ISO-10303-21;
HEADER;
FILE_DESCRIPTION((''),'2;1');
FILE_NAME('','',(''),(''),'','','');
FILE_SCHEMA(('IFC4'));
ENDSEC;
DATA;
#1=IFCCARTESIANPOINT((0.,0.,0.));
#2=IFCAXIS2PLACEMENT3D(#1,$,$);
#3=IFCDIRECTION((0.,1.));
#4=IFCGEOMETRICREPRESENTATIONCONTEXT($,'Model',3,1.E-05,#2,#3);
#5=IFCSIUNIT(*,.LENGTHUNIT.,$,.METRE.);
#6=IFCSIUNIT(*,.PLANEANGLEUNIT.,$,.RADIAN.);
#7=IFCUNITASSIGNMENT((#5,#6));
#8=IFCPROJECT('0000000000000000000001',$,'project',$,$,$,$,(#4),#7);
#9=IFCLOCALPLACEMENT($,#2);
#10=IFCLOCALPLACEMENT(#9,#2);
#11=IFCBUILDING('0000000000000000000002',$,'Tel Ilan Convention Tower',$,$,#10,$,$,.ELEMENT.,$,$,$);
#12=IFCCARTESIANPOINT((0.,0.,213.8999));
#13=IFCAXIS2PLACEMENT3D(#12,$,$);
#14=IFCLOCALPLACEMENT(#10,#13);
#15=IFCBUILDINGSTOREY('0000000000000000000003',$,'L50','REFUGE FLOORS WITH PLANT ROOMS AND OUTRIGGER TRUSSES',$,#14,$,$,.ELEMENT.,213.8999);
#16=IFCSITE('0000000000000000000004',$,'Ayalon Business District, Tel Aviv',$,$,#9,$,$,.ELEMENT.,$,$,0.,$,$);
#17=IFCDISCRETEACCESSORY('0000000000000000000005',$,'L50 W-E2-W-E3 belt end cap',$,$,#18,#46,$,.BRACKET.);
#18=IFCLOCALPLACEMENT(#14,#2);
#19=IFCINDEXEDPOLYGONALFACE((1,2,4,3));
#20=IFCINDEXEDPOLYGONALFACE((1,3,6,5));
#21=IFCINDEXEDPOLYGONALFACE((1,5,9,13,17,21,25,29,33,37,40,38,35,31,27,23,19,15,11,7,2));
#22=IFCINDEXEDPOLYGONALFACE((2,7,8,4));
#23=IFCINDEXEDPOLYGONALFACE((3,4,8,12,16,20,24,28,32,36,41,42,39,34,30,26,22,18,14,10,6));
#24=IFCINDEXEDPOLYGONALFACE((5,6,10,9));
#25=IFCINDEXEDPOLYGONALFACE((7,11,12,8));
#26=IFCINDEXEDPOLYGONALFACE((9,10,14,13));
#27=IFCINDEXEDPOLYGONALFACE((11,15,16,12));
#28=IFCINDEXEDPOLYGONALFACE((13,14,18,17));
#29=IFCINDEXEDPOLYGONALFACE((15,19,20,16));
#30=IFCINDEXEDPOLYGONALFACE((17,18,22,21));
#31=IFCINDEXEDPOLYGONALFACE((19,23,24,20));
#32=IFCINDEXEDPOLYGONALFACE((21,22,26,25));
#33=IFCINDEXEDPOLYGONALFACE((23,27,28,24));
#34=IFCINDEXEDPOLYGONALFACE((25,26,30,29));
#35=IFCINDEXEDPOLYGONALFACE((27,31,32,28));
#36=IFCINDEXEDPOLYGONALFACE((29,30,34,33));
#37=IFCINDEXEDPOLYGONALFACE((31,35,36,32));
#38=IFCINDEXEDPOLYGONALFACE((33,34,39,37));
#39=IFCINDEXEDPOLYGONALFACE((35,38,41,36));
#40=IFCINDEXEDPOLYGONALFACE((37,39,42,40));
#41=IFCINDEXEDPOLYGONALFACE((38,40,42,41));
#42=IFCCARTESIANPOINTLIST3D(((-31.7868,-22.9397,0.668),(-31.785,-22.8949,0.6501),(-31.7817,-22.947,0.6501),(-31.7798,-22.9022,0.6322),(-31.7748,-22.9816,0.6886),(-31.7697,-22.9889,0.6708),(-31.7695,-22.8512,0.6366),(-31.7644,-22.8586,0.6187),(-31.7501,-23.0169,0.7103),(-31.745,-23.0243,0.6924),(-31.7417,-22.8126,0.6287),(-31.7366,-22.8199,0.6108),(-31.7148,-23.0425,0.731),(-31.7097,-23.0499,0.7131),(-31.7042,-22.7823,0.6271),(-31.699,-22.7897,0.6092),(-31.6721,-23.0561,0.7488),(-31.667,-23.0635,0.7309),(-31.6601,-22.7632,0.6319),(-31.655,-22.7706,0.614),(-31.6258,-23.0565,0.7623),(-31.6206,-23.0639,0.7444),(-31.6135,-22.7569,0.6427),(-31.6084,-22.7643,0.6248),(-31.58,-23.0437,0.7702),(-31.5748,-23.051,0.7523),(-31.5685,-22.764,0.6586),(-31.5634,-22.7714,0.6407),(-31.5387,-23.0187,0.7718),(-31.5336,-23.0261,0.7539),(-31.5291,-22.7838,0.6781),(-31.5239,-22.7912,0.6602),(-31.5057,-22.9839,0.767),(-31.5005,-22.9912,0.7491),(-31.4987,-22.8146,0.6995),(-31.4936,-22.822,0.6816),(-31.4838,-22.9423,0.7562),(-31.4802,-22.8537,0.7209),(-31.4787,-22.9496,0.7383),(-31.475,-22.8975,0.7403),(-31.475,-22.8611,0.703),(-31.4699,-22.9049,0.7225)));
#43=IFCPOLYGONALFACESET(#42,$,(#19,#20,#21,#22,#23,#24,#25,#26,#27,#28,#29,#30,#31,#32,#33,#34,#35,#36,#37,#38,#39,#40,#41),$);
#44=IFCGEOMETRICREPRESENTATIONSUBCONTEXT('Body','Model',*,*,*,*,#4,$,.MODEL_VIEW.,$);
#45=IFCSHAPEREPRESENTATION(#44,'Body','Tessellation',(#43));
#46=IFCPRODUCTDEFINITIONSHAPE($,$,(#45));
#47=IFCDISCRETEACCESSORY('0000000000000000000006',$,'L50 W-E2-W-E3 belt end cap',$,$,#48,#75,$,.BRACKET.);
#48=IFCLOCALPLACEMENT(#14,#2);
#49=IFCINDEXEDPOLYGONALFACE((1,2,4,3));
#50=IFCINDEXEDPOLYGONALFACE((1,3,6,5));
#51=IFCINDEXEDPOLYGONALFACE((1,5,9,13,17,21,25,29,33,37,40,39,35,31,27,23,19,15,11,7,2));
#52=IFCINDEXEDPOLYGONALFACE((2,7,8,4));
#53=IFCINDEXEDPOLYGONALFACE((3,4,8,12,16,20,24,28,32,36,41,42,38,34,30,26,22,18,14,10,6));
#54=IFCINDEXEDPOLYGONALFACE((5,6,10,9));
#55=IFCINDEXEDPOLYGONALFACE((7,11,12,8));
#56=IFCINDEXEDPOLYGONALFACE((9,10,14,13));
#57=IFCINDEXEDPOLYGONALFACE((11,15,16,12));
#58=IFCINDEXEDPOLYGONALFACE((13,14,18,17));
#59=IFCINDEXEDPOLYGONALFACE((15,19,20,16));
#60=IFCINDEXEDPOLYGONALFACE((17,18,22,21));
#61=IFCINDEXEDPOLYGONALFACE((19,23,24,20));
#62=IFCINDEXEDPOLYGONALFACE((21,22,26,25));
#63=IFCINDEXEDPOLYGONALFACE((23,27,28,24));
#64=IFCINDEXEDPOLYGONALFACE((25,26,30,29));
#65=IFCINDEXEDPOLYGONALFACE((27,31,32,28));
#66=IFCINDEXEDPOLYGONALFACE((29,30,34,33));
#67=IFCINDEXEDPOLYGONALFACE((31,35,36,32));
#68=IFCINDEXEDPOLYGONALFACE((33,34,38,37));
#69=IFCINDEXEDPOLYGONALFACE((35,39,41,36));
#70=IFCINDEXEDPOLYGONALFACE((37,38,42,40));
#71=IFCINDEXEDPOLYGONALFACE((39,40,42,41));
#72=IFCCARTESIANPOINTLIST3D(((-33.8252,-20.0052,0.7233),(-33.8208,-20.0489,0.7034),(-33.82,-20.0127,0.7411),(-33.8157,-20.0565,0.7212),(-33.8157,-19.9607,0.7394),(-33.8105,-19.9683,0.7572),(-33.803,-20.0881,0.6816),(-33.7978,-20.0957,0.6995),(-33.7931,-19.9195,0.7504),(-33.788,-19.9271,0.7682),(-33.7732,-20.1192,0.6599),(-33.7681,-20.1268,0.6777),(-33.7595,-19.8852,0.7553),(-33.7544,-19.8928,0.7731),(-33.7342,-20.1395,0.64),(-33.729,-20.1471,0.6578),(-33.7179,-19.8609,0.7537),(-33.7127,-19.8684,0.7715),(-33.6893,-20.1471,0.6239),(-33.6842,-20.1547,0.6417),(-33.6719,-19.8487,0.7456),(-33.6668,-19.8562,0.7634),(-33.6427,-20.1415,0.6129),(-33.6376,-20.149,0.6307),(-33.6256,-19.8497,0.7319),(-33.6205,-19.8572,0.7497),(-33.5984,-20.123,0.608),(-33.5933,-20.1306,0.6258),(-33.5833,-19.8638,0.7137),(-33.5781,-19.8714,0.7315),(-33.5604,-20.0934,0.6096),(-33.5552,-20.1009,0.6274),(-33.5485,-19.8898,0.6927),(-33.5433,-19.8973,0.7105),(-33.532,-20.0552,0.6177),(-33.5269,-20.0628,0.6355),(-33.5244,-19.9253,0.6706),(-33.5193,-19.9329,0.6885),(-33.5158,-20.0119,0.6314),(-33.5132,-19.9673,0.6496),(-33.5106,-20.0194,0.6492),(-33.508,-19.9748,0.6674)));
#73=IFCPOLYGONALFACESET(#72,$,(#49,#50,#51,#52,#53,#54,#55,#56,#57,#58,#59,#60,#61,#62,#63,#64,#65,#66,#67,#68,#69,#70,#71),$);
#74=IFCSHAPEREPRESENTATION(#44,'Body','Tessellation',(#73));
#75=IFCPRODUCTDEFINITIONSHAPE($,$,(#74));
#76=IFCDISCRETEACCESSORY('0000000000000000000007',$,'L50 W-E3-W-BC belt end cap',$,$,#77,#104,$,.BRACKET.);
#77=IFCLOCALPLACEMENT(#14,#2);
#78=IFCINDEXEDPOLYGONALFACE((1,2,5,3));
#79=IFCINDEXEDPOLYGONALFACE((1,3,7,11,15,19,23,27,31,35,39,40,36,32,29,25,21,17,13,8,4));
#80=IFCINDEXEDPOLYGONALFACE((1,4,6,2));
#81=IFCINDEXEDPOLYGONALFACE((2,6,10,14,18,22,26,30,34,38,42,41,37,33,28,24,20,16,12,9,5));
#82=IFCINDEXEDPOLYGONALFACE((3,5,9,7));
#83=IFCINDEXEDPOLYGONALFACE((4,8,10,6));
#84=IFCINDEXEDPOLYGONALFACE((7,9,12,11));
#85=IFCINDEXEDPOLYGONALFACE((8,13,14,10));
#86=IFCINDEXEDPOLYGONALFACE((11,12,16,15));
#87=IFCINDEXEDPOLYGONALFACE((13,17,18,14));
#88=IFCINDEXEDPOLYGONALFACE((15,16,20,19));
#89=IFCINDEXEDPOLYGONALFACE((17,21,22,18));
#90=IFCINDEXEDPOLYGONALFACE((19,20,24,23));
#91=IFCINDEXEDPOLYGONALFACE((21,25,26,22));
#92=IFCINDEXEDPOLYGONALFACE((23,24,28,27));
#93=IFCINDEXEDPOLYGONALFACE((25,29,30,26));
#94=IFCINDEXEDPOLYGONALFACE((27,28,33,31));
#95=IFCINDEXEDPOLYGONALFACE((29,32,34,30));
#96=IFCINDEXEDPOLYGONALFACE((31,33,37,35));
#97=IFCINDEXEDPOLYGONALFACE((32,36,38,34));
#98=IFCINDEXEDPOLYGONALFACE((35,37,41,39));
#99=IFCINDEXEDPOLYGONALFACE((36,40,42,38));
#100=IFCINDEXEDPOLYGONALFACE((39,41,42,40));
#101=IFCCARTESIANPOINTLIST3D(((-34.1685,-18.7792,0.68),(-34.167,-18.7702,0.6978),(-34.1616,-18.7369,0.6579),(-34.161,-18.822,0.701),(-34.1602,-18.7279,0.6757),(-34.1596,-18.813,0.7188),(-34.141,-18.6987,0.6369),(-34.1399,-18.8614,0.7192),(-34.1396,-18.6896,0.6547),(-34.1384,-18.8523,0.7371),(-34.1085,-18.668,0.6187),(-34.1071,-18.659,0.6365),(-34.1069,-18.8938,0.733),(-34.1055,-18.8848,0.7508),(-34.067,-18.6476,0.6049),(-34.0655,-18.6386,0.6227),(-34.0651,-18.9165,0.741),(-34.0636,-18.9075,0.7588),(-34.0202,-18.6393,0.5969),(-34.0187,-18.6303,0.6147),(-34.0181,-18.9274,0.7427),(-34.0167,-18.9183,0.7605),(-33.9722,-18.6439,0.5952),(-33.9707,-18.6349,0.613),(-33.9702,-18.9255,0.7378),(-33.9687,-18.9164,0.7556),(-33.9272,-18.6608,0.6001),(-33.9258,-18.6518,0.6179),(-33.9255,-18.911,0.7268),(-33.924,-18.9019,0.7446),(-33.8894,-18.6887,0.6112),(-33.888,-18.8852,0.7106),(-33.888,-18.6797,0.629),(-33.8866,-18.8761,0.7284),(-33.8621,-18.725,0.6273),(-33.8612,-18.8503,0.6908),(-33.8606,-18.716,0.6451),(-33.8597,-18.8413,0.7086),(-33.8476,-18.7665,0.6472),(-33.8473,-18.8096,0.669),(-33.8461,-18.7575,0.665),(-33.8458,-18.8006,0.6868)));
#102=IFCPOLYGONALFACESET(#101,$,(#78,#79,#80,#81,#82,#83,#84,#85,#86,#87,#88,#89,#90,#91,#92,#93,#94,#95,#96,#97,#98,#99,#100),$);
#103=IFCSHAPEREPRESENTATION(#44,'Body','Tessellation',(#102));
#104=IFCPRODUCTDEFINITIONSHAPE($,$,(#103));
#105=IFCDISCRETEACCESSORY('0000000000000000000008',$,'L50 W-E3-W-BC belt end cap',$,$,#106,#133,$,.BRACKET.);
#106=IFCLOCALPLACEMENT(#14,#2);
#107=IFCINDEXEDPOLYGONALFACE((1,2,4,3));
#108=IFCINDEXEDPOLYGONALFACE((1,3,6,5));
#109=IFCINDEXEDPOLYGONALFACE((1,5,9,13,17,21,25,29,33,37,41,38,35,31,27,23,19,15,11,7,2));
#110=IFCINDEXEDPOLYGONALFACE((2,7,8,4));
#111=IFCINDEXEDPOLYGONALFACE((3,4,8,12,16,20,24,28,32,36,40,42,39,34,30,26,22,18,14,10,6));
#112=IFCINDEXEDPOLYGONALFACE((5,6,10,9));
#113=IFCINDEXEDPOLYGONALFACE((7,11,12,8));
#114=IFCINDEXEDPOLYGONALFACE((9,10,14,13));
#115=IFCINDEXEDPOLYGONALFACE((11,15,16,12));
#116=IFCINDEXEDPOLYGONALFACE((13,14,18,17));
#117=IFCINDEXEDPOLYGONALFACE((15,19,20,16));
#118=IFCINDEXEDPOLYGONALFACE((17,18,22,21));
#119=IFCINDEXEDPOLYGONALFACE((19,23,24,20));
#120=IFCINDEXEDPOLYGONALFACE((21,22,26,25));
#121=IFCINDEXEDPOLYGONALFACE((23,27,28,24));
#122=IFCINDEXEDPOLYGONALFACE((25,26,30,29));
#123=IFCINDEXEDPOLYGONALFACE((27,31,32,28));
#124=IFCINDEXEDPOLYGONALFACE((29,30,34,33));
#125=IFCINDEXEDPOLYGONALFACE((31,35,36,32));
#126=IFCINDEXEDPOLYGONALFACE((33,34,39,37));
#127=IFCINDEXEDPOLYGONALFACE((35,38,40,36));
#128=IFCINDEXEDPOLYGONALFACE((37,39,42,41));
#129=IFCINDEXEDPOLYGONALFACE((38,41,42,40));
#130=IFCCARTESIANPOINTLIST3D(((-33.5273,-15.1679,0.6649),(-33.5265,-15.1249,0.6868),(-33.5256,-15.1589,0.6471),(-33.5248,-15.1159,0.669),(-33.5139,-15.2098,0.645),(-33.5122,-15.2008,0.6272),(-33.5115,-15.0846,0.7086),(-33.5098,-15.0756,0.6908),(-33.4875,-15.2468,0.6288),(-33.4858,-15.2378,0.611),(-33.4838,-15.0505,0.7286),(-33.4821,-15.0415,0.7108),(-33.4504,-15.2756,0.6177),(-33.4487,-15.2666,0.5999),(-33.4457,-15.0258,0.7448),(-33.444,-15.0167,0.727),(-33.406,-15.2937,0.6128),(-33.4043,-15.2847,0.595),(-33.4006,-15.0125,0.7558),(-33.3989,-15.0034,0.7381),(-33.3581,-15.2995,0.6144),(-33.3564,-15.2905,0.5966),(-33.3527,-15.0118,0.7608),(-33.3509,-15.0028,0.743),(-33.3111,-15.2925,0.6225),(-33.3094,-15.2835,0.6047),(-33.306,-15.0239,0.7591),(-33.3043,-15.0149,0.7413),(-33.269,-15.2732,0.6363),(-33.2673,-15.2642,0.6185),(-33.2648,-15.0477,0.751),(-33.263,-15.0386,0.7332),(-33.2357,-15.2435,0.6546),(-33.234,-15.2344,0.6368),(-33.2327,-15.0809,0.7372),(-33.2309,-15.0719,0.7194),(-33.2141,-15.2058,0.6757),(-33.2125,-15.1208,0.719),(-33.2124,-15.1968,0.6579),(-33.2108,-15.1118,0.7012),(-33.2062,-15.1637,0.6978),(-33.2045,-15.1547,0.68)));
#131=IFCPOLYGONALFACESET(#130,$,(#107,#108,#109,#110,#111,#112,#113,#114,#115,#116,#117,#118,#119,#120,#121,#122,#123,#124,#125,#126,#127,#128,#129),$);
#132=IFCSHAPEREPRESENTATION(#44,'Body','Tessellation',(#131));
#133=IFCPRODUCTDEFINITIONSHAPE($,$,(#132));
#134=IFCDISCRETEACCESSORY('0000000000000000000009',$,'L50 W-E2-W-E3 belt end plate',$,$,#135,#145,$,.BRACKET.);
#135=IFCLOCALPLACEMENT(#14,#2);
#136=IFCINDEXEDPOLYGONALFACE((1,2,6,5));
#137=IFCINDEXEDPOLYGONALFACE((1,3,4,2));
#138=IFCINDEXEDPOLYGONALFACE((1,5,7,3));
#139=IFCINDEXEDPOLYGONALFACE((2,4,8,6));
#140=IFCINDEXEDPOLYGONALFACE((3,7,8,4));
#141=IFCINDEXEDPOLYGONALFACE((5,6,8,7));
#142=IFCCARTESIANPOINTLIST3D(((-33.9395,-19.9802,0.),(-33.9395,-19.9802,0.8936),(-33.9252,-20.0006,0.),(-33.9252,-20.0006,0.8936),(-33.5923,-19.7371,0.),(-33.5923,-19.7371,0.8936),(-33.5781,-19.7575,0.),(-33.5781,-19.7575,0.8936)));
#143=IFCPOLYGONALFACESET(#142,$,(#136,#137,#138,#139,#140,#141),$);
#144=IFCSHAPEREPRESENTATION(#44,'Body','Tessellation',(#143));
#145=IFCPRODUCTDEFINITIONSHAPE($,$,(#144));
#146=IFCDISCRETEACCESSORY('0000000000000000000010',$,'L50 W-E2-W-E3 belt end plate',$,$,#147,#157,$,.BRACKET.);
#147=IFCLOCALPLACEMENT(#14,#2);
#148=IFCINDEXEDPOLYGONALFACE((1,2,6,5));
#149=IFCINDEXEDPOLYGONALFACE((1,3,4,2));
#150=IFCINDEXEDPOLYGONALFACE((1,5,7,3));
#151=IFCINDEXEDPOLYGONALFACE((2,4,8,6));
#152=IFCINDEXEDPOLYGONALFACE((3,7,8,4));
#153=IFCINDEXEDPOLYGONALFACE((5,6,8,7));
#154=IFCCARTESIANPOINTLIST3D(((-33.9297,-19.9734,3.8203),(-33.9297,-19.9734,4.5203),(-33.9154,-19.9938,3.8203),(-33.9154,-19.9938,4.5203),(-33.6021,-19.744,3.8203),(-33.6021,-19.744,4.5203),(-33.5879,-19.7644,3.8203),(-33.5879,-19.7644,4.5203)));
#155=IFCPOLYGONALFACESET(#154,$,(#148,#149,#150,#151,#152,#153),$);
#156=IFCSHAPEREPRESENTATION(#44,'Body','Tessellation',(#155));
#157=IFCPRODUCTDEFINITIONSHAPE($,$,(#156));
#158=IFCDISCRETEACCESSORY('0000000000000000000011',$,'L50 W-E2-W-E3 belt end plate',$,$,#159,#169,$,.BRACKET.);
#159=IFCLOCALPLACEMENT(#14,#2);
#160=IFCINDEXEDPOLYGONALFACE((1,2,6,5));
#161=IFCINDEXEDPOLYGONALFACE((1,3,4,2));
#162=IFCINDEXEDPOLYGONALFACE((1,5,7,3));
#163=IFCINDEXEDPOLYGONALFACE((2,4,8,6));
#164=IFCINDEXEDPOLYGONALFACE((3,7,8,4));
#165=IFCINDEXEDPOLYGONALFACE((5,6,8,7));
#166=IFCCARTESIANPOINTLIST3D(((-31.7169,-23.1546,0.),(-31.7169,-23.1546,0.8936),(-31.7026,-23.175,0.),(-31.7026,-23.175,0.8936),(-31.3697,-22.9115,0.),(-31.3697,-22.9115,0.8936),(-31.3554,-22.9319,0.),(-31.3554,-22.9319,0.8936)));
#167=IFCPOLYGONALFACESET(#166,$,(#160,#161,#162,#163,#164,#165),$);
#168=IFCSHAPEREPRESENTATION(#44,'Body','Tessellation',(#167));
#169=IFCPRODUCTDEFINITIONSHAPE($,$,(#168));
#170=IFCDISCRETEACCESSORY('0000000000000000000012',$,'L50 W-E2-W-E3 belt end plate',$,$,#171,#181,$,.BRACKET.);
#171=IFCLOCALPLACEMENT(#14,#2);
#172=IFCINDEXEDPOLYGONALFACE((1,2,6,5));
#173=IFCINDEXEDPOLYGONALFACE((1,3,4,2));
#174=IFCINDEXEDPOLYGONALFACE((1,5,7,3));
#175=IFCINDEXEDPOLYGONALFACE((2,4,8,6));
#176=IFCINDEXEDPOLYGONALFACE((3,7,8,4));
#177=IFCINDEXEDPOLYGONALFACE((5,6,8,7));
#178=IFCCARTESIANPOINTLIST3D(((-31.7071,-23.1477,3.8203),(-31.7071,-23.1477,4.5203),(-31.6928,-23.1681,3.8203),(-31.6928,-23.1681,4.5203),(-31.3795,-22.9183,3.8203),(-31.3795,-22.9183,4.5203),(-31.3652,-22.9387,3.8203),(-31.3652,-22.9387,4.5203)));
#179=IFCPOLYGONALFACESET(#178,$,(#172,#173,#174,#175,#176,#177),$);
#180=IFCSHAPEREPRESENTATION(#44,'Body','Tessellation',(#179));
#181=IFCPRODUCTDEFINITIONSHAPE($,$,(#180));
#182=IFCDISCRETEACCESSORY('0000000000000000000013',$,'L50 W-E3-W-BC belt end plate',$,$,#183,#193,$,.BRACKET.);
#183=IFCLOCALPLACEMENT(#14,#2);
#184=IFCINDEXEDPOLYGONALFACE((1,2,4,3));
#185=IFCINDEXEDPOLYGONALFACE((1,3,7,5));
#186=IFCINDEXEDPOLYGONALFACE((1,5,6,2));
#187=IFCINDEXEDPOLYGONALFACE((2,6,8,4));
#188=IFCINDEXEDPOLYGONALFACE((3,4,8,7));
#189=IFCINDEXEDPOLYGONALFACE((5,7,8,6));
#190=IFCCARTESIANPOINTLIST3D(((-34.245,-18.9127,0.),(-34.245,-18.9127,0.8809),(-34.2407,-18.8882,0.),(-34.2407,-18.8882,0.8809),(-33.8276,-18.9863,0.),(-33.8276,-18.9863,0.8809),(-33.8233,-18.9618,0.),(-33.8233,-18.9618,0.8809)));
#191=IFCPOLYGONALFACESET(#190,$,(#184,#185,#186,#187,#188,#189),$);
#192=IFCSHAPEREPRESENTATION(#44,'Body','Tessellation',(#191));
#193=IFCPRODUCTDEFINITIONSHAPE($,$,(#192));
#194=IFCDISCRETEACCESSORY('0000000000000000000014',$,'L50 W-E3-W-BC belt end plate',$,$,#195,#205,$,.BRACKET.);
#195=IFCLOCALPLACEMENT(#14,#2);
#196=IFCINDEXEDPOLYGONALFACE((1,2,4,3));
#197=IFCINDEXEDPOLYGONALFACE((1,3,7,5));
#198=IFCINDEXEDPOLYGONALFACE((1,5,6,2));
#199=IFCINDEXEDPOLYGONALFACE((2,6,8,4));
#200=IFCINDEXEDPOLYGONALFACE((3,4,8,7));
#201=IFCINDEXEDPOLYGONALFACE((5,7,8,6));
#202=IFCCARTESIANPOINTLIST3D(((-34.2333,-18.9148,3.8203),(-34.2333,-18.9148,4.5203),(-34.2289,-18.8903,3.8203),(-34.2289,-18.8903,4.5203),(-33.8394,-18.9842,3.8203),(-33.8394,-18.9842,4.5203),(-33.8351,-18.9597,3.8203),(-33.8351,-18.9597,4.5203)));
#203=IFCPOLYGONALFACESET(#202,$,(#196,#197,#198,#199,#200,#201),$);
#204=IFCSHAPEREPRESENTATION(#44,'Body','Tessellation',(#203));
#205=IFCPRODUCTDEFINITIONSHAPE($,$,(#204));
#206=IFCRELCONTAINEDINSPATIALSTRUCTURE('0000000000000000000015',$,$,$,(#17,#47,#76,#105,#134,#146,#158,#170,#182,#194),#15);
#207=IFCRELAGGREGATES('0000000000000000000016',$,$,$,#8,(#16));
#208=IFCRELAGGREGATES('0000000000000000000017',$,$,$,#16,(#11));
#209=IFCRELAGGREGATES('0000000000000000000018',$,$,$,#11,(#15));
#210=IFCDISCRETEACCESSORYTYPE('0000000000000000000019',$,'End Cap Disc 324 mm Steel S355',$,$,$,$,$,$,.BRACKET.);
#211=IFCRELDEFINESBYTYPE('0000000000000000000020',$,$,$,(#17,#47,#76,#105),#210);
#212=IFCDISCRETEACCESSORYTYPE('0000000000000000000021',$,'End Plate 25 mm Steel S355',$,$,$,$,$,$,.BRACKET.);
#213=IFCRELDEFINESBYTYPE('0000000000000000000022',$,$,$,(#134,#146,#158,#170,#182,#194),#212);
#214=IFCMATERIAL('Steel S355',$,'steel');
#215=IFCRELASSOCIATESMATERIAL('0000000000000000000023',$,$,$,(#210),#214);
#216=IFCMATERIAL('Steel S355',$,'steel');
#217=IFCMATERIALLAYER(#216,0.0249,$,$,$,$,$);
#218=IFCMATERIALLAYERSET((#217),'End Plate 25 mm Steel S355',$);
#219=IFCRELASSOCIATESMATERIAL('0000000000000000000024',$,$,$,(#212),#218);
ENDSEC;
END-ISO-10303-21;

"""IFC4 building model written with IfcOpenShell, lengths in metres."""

from ifc_helpers import new_model, si_unit, direction, frame, origin, origin_2d, place, context, subcontext, project, spatial, rectangle, circle, extrude, material, layer, layer_set, material_profile, profile_set, type_object, element, save


model = new_model("IFC4")

# Units and contexts
model_context = context("Model", 3, precision=1e-05, world=origin(), true_north=direction((0.0, 1.0)))
body_context = subcontext(model_context, "Body", "Model", "MODEL_VIEW")
ifc_project = project(units=[si_unit("LENGTHUNIT", "METRE"), si_unit("PLANEANGLEUNIT", "RADIAN")], contexts=[model_context])

# Site, building, storey
site_placement = place(None, origin())
site = spatial("IfcSite", under=ifc_project, at=site_placement, Name="Ayalon Business District, Tel Aviv", CompositionType="ELEMENT", RefElevation=0.0)
building_placement = place(site_placement, origin())
building = spatial("IfcBuilding", under=site, at=building_placement, Name="Tel Ilan Convention Tower", CompositionType="ELEMENT")
storey_placement = place(building_placement, frame((0.0, 0.0, 213.8999)))
storey = spatial("IfcBuildingStorey", under=building, at=storey_placement, Name="L50", Description="REFUGE FLOORS WITH PLANT ROOMS AND OUTRIGGER TRUSSES", CompositionType="ELEMENT", Elevation=213.8999)

# Discrete accessories
ifc_material_1 = material(Name="Steel S355", Category="steel")
ifc_material_profile_1 = material_profile(ifc_material_1, circle(Radius=0.1619, at=origin_2d()), Name="End Cap Disc 324 mm Steel S355")
ifc_profile_set_1 = profile_set([ifc_material_profile_1], Name="Steel S355")
discrete_accessory_type_1 = type_object("IfcDiscreteAccessoryType", Name="End Cap Disc 324 mm Steel S355", PredefinedType="BRACKET", material=ifc_profile_set_1)
for number, where, z_axis, x_axis, name in (
    (1, (-31.6313, -22.9075, 0.6995), (0.257132, -0.367332, -0.89384), (0.819232, 0.573462, 0.0), "L50 W-E2-W-E3 belt end cap"),
    (2, (-33.6638, -20.0049, 0.6995), (-0.255964, 0.377852, -0.889781), (-0.827919, -0.560848, 0.0), "L50 W-E2-W-E3 belt end cap"),
    (3, (-34.0056, -18.7747, 0.6868), (-0.073116, -0.450884, -0.889583), (0.987105, -0.160071, 0.0), "L50 W-E3-W-BC belt end cap"),
    (4, (-33.3674, -15.155, 0.6868), (0.08522, 0.45045, -0.888725), (-0.98257, 0.185892, 0.0), "L50 W-E3-W-BC belt end cap"),
):
    element("IfcDiscreteAccessory", number, at=place(storey_placement, frame(where, z_axis=z_axis, x_axis=x_axis)), inside=storey, type_object=discrete_accessory_type_1, Name=name, PredefinedType="BRACKET", context=body_context, shape_type="SweptSolid", body=[
        extrude(circle(Radius=0.1619, at=origin_2d()), origin(), (0.0, 0.0, 1.0), 0.02),
    ])
ifc_material_2 = material(Name="Steel S355", Category="steel")
ifc_layer_1 = layer(ifc_material_2, 0.0249)
ifc_layer_set_1 = layer_set([ifc_layer_1], Name="End Plate 25 mm Steel S355")
discrete_accessory_type_2 = type_object("IfcDiscreteAccessoryType", Name="End Plate 25 mm Steel S355", PredefinedType="BRACKET", material=ifc_layer_set_1)
discrete_accessory_1_placement = place(storey_placement, frame((-33.7588, -19.8689, 0.0), z_axis=(0.0, 0.0, 1.0), x_axis=(-0.573576, 0.819152, 0.0)))
element("IfcDiscreteAccessory", 5, at=discrete_accessory_1_placement, inside=storey, type_object=discrete_accessory_type_2, Name="L50 W-E2-W-E3 belt end plate", PredefinedType="BRACKET", context=body_context, shape_type="SweptSolid", body=[
    extrude(rectangle(XDim=0.0249, YDim=0.4238, at=origin_2d()), origin(), (0.0, 0.0, 1.0), 0.8936),
])
discrete_accessory_2_placement = place(storey_placement, frame((-33.7588, -19.8689, 3.8203), z_axis=(0.0, 0.0, 1.0), x_axis=(-0.573576, 0.819152, 0.0)))
element("IfcDiscreteAccessory", 6, at=discrete_accessory_2_placement, inside=storey, type_object=discrete_accessory_type_2, Name="L50 W-E2-W-E3 belt end plate", PredefinedType="BRACKET", context=body_context, shape_type="SweptSolid", body=[
    extrude(rectangle(XDim=0.0249, YDim=0.3999, at=origin_2d()), origin(), (0.0, 0.0, 1.0), 0.7),
])
discrete_accessory_3_placement = place(storey_placement, frame((-31.5361, -23.0432, 0.0), z_axis=(0.0, 0.0, 1.0), x_axis=(0.573576, -0.819152, 0.0)))
element("IfcDiscreteAccessory", 7, at=discrete_accessory_3_placement, inside=storey, type_object=discrete_accessory_type_2, Name="L50 W-E2-W-E3 belt end plate", PredefinedType="BRACKET", context=body_context, shape_type="SweptSolid", body=[
    extrude(rectangle(XDim=0.0249, YDim=0.4238, at=origin_2d()), origin(), (0.0, 0.0, 1.0), 0.8936),
])
discrete_accessory_4_placement = place(storey_placement, frame((-31.5361, -23.0432, 3.8203), z_axis=(0.0, 0.0, 1.0), x_axis=(0.573576, -0.819152, 0.0)))
element("IfcDiscreteAccessory", 8, at=discrete_accessory_4_placement, inside=storey, type_object=discrete_accessory_type_2, Name="L50 W-E2-W-E3 belt end plate", PredefinedType="BRACKET", context=body_context, shape_type="SweptSolid", body=[
    extrude(rectangle(XDim=0.0249, YDim=0.3999, at=origin_2d()), origin(), (0.0, 0.0, 1.0), 0.7),
])
discrete_accessory_5_placement = place(storey_placement, frame((-34.0342, -18.9373, 0.0), z_axis=(0.0, 0.0, 1.0), x_axis=(-0.173648, -0.984808, 0.0)))
element("IfcDiscreteAccessory", 9, at=discrete_accessory_5_placement, inside=storey, type_object=discrete_accessory_type_2, Name="L50 W-E3-W-BC belt end plate", PredefinedType="BRACKET", context=body_context, shape_type="SweptSolid", body=[
    extrude(rectangle(XDim=0.0249, YDim=0.4238, at=origin_2d()), origin(), (0.0, 0.0, 1.0), 0.8809),
])
discrete_accessory_6_placement = place(storey_placement, frame((-34.0342, -18.9373, 3.8203), z_axis=(0.0, 0.0, 1.0), x_axis=(-0.173648, -0.984808, 0.0)))
element("IfcDiscreteAccessory", 10, at=discrete_accessory_6_placement, inside=storey, type_object=discrete_accessory_type_2, Name="L50 W-E3-W-BC belt end plate", PredefinedType="BRACKET", context=body_context, shape_type="SweptSolid", body=[
    extrude(rectangle(XDim=0.0249, YDim=0.3999, at=origin_2d()), origin(), (0.0, 0.0, 1.0), 0.7),
])

save(model, "model.ifc")
